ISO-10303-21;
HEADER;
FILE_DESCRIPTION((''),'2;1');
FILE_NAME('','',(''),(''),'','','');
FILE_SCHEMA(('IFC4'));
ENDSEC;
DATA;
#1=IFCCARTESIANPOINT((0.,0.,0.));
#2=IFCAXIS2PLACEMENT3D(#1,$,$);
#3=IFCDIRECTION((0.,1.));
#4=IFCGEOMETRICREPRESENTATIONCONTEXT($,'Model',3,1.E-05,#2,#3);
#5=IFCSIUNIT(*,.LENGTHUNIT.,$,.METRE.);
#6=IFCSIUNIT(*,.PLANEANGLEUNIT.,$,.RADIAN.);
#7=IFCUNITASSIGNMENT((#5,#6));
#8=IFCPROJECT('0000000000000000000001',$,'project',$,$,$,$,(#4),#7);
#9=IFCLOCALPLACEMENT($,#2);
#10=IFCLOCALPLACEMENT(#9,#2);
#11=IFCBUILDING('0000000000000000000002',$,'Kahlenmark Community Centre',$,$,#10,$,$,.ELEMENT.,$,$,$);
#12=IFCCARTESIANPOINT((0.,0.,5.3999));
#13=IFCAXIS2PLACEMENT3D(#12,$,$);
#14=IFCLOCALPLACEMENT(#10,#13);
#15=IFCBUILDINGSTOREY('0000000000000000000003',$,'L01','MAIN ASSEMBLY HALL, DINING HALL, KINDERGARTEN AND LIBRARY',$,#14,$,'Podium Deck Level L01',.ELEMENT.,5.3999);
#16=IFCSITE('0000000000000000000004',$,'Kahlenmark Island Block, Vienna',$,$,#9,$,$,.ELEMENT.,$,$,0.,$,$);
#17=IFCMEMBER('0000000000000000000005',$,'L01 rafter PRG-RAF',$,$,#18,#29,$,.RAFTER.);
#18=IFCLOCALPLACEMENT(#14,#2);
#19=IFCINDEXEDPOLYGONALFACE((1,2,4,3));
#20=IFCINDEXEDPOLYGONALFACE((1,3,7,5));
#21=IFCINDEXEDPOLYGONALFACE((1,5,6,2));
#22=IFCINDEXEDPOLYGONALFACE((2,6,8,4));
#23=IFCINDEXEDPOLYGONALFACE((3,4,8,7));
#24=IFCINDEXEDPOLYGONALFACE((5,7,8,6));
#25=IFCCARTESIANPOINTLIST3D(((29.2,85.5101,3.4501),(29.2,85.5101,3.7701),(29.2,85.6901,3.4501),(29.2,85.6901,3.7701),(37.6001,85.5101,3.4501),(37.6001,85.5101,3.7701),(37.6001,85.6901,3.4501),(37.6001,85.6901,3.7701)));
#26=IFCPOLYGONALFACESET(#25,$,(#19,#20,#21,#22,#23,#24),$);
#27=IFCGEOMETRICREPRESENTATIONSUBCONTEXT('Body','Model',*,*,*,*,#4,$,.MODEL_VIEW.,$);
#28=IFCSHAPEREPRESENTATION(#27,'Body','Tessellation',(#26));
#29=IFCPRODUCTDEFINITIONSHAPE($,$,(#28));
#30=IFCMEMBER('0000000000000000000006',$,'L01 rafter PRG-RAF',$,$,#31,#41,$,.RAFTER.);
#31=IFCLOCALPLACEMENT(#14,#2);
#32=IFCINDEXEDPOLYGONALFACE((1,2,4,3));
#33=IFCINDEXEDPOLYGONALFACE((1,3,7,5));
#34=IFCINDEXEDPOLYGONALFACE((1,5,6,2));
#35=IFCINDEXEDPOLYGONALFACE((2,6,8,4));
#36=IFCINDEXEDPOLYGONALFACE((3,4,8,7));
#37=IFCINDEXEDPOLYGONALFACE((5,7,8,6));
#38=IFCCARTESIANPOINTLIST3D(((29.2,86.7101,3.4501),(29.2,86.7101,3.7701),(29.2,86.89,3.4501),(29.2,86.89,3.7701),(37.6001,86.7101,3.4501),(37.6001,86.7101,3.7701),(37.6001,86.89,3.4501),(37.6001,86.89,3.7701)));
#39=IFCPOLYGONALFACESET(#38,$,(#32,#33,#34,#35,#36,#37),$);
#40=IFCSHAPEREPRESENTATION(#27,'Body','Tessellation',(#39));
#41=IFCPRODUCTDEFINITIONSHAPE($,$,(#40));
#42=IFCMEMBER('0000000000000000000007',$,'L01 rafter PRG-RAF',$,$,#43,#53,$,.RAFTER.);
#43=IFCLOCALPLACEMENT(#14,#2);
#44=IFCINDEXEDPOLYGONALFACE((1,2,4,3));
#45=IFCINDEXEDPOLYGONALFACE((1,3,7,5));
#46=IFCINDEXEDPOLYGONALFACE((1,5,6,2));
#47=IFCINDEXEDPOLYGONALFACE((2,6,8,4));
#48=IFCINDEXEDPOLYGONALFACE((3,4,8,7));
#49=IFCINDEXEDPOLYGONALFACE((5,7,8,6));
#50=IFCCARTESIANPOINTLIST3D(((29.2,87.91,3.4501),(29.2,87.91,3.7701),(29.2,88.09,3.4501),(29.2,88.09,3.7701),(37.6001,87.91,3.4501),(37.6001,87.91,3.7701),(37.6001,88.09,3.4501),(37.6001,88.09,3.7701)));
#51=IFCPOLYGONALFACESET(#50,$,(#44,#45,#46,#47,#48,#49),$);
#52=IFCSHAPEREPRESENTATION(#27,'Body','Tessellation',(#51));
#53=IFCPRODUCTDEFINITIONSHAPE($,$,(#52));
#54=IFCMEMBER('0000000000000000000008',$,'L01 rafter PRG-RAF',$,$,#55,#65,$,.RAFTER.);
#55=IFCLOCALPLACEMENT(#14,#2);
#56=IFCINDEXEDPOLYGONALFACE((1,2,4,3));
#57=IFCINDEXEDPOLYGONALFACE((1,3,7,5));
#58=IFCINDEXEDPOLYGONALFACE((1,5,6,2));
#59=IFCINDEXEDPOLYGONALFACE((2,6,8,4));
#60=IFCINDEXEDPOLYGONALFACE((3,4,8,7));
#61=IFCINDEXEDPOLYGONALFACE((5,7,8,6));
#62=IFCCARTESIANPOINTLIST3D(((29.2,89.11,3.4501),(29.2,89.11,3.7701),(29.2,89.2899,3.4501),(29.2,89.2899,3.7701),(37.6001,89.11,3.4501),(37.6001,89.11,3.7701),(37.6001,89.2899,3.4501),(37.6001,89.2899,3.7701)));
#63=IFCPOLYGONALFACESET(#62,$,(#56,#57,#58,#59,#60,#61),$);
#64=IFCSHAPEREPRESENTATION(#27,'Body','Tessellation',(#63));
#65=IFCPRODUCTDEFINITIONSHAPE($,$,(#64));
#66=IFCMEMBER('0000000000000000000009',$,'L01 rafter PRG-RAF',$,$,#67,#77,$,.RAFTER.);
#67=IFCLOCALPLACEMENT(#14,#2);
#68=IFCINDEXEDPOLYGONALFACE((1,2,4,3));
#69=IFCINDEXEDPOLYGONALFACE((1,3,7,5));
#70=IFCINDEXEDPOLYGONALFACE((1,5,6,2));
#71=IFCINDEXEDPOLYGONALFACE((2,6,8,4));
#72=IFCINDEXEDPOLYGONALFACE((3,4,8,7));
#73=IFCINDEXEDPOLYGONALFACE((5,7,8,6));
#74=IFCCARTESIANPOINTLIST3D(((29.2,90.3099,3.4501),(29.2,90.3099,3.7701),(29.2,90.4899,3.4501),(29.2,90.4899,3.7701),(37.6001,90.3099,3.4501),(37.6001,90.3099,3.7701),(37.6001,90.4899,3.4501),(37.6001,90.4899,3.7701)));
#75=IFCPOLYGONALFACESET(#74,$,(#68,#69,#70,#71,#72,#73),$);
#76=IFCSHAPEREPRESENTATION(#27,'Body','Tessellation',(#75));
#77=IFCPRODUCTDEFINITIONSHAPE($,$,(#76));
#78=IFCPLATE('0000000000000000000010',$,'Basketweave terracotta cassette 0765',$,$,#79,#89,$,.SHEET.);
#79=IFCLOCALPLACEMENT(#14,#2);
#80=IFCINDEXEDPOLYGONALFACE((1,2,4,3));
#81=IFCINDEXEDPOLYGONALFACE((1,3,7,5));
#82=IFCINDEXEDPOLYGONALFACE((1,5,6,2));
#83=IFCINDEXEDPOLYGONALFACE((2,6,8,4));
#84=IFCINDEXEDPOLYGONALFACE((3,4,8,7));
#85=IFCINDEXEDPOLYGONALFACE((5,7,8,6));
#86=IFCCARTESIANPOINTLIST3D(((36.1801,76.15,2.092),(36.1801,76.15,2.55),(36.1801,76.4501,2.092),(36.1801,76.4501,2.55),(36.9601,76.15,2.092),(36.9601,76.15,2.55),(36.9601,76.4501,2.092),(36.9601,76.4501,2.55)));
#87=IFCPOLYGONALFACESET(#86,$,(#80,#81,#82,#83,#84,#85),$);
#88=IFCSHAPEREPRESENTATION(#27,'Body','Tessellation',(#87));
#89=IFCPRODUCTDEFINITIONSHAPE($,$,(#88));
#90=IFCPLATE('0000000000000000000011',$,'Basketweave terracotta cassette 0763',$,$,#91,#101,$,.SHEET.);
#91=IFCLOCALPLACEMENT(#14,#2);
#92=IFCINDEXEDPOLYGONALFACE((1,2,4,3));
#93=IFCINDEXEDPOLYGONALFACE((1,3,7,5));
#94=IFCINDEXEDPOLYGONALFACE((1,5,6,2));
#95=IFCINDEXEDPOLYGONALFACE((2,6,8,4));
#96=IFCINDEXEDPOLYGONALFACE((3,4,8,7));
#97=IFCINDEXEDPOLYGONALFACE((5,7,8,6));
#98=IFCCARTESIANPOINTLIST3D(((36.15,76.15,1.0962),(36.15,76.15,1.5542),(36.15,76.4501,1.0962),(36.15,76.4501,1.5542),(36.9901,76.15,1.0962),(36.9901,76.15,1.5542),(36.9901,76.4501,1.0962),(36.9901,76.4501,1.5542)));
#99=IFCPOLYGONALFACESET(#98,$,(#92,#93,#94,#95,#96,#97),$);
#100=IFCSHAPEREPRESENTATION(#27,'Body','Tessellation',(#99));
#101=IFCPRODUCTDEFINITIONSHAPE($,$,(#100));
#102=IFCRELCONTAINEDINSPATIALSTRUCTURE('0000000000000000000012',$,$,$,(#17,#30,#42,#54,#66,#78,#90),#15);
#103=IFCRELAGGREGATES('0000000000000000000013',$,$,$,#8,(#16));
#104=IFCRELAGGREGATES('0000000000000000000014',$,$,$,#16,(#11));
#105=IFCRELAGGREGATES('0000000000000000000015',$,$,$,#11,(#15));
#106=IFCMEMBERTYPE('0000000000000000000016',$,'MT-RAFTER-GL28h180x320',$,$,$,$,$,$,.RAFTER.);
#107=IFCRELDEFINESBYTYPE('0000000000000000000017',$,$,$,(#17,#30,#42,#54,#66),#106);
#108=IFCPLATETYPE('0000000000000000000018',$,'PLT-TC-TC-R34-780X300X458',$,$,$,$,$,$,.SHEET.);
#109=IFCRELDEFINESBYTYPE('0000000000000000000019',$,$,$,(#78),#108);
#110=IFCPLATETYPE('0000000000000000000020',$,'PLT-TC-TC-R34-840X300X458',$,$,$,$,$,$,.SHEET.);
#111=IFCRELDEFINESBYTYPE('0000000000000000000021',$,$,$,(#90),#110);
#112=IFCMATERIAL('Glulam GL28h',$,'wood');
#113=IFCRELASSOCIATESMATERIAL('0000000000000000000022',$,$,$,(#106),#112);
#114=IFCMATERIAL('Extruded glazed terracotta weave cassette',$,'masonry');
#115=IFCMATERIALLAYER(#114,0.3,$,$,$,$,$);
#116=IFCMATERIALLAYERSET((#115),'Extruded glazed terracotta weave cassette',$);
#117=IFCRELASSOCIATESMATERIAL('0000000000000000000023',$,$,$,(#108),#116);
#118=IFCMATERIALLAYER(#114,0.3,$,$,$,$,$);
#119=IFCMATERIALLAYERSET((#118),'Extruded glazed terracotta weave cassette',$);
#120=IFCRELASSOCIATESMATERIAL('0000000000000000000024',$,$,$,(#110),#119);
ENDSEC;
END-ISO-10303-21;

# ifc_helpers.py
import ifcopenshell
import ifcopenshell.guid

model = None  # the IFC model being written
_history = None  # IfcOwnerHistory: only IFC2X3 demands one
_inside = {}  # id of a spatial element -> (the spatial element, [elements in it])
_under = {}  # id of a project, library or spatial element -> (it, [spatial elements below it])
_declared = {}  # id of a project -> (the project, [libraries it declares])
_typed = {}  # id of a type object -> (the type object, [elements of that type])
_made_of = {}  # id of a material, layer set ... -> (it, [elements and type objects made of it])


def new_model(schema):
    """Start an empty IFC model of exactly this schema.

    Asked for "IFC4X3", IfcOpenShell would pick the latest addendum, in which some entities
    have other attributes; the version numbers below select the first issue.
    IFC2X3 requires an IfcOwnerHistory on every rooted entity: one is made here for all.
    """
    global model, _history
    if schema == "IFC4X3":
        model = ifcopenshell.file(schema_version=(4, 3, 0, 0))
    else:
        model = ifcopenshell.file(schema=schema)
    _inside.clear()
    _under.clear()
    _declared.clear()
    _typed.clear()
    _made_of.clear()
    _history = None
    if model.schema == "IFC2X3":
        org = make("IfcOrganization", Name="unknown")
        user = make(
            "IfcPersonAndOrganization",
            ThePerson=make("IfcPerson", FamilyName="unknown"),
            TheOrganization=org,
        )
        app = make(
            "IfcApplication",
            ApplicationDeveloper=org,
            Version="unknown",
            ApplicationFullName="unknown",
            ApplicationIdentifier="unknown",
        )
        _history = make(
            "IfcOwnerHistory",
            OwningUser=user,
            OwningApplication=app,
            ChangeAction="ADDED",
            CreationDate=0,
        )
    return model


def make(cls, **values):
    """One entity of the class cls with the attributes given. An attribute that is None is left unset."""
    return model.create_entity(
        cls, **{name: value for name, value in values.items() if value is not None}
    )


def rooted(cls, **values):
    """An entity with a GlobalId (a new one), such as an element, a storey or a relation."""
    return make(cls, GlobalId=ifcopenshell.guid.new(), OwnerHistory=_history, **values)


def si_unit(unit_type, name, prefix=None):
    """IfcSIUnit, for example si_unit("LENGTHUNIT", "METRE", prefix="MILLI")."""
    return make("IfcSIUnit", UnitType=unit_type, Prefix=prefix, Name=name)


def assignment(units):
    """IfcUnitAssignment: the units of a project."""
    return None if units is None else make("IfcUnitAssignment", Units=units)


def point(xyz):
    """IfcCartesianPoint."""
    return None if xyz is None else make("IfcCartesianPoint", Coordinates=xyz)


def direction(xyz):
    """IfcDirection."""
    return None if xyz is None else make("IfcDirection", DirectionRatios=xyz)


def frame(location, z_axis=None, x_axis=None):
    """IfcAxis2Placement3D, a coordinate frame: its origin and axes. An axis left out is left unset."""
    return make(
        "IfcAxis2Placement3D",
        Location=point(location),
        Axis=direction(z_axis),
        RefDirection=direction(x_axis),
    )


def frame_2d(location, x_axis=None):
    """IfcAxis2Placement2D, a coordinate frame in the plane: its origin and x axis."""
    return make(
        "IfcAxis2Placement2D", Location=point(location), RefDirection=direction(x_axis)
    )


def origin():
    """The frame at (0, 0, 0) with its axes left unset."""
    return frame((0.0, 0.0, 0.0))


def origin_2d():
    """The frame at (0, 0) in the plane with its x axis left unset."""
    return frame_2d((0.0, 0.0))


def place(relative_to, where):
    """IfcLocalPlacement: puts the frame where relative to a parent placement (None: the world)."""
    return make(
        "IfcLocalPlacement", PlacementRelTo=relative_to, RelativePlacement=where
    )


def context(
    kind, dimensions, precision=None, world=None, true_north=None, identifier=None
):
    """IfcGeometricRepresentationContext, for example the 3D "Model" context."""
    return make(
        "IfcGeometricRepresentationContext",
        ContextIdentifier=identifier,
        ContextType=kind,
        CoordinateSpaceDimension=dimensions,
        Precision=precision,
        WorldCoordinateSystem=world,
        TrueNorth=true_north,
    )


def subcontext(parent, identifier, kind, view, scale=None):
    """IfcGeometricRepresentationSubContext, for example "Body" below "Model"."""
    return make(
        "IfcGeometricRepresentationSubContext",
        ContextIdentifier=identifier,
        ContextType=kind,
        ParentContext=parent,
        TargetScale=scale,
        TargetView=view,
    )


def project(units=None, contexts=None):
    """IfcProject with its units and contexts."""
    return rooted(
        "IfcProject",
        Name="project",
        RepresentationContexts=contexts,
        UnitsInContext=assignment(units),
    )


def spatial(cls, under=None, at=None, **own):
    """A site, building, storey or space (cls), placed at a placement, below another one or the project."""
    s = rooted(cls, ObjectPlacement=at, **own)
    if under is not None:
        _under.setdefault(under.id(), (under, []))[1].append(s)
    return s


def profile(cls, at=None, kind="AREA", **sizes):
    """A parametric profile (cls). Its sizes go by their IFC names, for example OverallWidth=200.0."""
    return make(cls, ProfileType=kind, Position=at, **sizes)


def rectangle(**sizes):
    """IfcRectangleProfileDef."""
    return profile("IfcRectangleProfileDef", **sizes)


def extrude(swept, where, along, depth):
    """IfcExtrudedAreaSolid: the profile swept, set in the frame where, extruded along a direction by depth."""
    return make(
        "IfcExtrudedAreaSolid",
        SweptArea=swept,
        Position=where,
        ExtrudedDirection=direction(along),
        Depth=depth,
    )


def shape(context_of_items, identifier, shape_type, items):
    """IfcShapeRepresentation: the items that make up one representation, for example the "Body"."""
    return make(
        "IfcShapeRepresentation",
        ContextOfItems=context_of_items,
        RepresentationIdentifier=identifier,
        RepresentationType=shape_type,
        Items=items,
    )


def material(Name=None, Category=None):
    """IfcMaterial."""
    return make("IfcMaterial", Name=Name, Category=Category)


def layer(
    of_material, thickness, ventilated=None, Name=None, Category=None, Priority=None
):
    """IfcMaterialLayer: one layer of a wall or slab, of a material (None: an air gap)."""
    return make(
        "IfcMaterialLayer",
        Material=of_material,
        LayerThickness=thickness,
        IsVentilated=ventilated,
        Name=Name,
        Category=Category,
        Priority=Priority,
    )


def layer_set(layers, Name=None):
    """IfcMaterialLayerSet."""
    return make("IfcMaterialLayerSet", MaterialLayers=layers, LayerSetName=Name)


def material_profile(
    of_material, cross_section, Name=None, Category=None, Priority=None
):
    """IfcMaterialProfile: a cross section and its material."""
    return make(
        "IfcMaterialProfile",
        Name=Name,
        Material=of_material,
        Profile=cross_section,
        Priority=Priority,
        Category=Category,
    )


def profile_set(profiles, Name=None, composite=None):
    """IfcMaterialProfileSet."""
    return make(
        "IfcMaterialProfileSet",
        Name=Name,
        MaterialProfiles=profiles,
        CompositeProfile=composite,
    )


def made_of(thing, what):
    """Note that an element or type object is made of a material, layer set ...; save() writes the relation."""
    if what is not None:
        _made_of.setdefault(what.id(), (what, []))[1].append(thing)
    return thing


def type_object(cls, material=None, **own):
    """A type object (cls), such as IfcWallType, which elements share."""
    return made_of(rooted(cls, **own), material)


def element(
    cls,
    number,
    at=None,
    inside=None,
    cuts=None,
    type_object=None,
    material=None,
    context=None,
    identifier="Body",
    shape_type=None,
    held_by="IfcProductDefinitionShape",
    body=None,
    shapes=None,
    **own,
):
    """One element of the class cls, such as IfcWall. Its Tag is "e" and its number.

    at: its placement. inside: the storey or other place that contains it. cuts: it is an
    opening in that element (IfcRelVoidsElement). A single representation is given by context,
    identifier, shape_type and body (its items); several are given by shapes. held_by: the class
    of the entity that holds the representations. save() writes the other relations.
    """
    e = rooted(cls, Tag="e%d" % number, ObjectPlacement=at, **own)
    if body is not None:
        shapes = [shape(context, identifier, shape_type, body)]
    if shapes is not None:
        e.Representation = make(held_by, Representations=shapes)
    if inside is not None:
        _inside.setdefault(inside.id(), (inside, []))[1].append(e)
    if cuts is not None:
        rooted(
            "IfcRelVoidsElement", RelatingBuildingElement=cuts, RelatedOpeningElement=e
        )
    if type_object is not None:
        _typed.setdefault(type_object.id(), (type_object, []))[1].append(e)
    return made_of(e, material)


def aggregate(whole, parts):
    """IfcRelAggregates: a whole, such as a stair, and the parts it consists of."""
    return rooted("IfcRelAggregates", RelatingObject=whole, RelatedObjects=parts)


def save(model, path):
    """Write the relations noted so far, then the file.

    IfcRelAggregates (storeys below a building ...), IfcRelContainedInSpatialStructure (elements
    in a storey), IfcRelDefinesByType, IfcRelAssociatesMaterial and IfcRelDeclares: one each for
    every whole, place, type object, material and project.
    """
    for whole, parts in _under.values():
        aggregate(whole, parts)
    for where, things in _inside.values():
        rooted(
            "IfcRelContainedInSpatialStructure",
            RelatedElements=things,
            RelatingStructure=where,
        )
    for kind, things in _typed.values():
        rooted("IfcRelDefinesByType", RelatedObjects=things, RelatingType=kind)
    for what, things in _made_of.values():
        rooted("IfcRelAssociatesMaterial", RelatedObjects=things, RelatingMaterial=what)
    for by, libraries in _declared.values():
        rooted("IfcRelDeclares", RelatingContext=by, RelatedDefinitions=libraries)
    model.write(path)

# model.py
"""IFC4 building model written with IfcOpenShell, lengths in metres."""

from ifc_helpers import new_model, si_unit, direction, frame, origin, origin_2d, place, context, subcontext, project, spatial, rectangle, extrude, material, layer, layer_set, material_profile, profile_set, type_object, element, save


model = new_model("IFC4")

# Units and contexts
model_context = context("Model", 3, precision=1e-05, world=origin(), true_north=direction((0.0, 1.0)))
body_context = subcontext(model_context, "Body", "Model", "MODEL_VIEW")
ifc_project = project(units=[si_unit("LENGTHUNIT", "METRE"), si_unit("PLANEANGLEUNIT", "RADIAN")], contexts=[model_context])

# Site, building, storey
site_placement = place(None, origin())
site = spatial("IfcSite", under=ifc_project, at=site_placement, Name="Kahlenmark Island Block, Vienna", CompositionType="ELEMENT", RefElevation=0.0)
building_placement = place(site_placement, origin())
building = spatial("IfcBuilding", under=site, at=building_placement, Name="Kahlenmark Community Centre", CompositionType="ELEMENT")
storey_placement = place(building_placement, frame((0.0, 0.0, 5.3999)))
storey = spatial("IfcBuildingStorey", under=building, at=storey_placement, Name="L01", Description="MAIN ASSEMBLY HALL, DINING HALL, KINDERGARTEN AND LIBRARY", LongName="Podium Deck Level L01", CompositionType="ELEMENT", Elevation=5.3999)

# Members
ifc_material_1 = material(Name="Glulam GL28h", Category="wood")
ifc_material_profile_1 = material_profile(ifc_material_1, rectangle(XDim=0.1799, YDim=0.3201, at=origin_2d()), Name="GL28h 180x320")
ifc_profile_set_1 = profile_set([ifc_material_profile_1], Name="Glulam GL28h")
member_type = type_object("IfcMemberType", Name="MT-RAFTER-GL28h180x320", PredefinedType="RAFTER", material=ifc_profile_set_1)
for number, where, z_axis, x_axis, name in (
    (1, (29.2, 85.6001, 3.6101), (1.0, 0.0, 0.0), (0.0, 1.0, 0.0), "L01 rafter PRG-RAF"),
    (2, (29.2, 86.8, 3.6101), (1.0, 0.0, 0.0), (0.0, 1.0, 0.0), "L01 rafter PRG-RAF"),
    (3, (29.2, 88.0, 3.6101), (1.0, 0.0, 0.0), (0.0, 1.0, 0.0), "L01 rafter PRG-RAF"),
    (4, (29.2, 89.2, 3.6101), (1.0, 0.0, 0.0), (0.0, 1.0, 0.0), "L01 rafter PRG-RAF"),
    (5, (29.2, 90.3999, 3.6101), (1.0, 0.0, 0.0), (0.0, 1.0, 0.0), "L01 rafter PRG-RAF"),
):
    element("IfcMember", number, at=place(storey_placement, frame(where, z_axis=z_axis, x_axis=x_axis)), inside=storey, type_object=member_type, Name=name, PredefinedType="RAFTER", context=body_context, shape_type="SweptSolid", body=[
        extrude(rectangle(XDim=0.1799, YDim=0.3201, at=origin_2d()), origin(), (0.0, 0.0, 1.0), 8.4001),
    ])

# Plates
ifc_material_2 = material(Name="Extruded glazed terracotta weave cassette", Category="masonry")
ifc_layer_1 = layer(ifc_material_2, 0.3)
ifc_layer_set_1 = layer_set([ifc_layer_1], Name="Extruded glazed terracotta weave cassette")
plate_type_1 = type_object("IfcPlateType", Name="PLT-TC-TC-R34-780X300X458", PredefinedType="SHEET", material=ifc_layer_set_1)
plate_1_placement = place(storey_placement, frame((36.5701, 76.3, 2.092), z_axis=(0.0, 0.0, 1.0), x_axis=(-1.0, 0.0, 0.0)))
element("IfcPlate", 6, at=plate_1_placement, inside=storey, type_object=plate_type_1, Name="Basketweave terracotta cassette 0765", PredefinedType="SHEET", context=body_context, shape_type="SweptSolid", body=[
    extrude(rectangle(XDim=0.78, YDim=0.3, at=origin_2d()), origin(), (0.0, 0.0, 1.0), 0.458),
])
ifc_layer_2 = layer(ifc_material_2, 0.3)
ifc_layer_set_2 = layer_set([ifc_layer_2], Name="Extruded glazed terracotta weave cassette")
plate_type_2 = type_object("IfcPlateType", Name="PLT-TC-TC-R34-840X300X458", PredefinedType="SHEET", material=ifc_layer_set_2)
plate_2_placement = place(storey_placement, frame((36.5701, 76.3, 1.0962), z_axis=(0.0, 0.0, 1.0), x_axis=(-1.0, 0.0, 0.0)))
element("IfcPlate", 7, at=plate_2_placement, inside=storey, type_object=plate_type_2, Name="Basketweave terracotta cassette 0763", PredefinedType="SHEET", context=body_context, shape_type="SweptSolid", body=[
    extrude(rectangle(XDim=0.8401, YDim=0.3, at=origin_2d()), origin(), (0.0, 0.0, 1.0), 0.458),
])

save(model, "model.ifc")
